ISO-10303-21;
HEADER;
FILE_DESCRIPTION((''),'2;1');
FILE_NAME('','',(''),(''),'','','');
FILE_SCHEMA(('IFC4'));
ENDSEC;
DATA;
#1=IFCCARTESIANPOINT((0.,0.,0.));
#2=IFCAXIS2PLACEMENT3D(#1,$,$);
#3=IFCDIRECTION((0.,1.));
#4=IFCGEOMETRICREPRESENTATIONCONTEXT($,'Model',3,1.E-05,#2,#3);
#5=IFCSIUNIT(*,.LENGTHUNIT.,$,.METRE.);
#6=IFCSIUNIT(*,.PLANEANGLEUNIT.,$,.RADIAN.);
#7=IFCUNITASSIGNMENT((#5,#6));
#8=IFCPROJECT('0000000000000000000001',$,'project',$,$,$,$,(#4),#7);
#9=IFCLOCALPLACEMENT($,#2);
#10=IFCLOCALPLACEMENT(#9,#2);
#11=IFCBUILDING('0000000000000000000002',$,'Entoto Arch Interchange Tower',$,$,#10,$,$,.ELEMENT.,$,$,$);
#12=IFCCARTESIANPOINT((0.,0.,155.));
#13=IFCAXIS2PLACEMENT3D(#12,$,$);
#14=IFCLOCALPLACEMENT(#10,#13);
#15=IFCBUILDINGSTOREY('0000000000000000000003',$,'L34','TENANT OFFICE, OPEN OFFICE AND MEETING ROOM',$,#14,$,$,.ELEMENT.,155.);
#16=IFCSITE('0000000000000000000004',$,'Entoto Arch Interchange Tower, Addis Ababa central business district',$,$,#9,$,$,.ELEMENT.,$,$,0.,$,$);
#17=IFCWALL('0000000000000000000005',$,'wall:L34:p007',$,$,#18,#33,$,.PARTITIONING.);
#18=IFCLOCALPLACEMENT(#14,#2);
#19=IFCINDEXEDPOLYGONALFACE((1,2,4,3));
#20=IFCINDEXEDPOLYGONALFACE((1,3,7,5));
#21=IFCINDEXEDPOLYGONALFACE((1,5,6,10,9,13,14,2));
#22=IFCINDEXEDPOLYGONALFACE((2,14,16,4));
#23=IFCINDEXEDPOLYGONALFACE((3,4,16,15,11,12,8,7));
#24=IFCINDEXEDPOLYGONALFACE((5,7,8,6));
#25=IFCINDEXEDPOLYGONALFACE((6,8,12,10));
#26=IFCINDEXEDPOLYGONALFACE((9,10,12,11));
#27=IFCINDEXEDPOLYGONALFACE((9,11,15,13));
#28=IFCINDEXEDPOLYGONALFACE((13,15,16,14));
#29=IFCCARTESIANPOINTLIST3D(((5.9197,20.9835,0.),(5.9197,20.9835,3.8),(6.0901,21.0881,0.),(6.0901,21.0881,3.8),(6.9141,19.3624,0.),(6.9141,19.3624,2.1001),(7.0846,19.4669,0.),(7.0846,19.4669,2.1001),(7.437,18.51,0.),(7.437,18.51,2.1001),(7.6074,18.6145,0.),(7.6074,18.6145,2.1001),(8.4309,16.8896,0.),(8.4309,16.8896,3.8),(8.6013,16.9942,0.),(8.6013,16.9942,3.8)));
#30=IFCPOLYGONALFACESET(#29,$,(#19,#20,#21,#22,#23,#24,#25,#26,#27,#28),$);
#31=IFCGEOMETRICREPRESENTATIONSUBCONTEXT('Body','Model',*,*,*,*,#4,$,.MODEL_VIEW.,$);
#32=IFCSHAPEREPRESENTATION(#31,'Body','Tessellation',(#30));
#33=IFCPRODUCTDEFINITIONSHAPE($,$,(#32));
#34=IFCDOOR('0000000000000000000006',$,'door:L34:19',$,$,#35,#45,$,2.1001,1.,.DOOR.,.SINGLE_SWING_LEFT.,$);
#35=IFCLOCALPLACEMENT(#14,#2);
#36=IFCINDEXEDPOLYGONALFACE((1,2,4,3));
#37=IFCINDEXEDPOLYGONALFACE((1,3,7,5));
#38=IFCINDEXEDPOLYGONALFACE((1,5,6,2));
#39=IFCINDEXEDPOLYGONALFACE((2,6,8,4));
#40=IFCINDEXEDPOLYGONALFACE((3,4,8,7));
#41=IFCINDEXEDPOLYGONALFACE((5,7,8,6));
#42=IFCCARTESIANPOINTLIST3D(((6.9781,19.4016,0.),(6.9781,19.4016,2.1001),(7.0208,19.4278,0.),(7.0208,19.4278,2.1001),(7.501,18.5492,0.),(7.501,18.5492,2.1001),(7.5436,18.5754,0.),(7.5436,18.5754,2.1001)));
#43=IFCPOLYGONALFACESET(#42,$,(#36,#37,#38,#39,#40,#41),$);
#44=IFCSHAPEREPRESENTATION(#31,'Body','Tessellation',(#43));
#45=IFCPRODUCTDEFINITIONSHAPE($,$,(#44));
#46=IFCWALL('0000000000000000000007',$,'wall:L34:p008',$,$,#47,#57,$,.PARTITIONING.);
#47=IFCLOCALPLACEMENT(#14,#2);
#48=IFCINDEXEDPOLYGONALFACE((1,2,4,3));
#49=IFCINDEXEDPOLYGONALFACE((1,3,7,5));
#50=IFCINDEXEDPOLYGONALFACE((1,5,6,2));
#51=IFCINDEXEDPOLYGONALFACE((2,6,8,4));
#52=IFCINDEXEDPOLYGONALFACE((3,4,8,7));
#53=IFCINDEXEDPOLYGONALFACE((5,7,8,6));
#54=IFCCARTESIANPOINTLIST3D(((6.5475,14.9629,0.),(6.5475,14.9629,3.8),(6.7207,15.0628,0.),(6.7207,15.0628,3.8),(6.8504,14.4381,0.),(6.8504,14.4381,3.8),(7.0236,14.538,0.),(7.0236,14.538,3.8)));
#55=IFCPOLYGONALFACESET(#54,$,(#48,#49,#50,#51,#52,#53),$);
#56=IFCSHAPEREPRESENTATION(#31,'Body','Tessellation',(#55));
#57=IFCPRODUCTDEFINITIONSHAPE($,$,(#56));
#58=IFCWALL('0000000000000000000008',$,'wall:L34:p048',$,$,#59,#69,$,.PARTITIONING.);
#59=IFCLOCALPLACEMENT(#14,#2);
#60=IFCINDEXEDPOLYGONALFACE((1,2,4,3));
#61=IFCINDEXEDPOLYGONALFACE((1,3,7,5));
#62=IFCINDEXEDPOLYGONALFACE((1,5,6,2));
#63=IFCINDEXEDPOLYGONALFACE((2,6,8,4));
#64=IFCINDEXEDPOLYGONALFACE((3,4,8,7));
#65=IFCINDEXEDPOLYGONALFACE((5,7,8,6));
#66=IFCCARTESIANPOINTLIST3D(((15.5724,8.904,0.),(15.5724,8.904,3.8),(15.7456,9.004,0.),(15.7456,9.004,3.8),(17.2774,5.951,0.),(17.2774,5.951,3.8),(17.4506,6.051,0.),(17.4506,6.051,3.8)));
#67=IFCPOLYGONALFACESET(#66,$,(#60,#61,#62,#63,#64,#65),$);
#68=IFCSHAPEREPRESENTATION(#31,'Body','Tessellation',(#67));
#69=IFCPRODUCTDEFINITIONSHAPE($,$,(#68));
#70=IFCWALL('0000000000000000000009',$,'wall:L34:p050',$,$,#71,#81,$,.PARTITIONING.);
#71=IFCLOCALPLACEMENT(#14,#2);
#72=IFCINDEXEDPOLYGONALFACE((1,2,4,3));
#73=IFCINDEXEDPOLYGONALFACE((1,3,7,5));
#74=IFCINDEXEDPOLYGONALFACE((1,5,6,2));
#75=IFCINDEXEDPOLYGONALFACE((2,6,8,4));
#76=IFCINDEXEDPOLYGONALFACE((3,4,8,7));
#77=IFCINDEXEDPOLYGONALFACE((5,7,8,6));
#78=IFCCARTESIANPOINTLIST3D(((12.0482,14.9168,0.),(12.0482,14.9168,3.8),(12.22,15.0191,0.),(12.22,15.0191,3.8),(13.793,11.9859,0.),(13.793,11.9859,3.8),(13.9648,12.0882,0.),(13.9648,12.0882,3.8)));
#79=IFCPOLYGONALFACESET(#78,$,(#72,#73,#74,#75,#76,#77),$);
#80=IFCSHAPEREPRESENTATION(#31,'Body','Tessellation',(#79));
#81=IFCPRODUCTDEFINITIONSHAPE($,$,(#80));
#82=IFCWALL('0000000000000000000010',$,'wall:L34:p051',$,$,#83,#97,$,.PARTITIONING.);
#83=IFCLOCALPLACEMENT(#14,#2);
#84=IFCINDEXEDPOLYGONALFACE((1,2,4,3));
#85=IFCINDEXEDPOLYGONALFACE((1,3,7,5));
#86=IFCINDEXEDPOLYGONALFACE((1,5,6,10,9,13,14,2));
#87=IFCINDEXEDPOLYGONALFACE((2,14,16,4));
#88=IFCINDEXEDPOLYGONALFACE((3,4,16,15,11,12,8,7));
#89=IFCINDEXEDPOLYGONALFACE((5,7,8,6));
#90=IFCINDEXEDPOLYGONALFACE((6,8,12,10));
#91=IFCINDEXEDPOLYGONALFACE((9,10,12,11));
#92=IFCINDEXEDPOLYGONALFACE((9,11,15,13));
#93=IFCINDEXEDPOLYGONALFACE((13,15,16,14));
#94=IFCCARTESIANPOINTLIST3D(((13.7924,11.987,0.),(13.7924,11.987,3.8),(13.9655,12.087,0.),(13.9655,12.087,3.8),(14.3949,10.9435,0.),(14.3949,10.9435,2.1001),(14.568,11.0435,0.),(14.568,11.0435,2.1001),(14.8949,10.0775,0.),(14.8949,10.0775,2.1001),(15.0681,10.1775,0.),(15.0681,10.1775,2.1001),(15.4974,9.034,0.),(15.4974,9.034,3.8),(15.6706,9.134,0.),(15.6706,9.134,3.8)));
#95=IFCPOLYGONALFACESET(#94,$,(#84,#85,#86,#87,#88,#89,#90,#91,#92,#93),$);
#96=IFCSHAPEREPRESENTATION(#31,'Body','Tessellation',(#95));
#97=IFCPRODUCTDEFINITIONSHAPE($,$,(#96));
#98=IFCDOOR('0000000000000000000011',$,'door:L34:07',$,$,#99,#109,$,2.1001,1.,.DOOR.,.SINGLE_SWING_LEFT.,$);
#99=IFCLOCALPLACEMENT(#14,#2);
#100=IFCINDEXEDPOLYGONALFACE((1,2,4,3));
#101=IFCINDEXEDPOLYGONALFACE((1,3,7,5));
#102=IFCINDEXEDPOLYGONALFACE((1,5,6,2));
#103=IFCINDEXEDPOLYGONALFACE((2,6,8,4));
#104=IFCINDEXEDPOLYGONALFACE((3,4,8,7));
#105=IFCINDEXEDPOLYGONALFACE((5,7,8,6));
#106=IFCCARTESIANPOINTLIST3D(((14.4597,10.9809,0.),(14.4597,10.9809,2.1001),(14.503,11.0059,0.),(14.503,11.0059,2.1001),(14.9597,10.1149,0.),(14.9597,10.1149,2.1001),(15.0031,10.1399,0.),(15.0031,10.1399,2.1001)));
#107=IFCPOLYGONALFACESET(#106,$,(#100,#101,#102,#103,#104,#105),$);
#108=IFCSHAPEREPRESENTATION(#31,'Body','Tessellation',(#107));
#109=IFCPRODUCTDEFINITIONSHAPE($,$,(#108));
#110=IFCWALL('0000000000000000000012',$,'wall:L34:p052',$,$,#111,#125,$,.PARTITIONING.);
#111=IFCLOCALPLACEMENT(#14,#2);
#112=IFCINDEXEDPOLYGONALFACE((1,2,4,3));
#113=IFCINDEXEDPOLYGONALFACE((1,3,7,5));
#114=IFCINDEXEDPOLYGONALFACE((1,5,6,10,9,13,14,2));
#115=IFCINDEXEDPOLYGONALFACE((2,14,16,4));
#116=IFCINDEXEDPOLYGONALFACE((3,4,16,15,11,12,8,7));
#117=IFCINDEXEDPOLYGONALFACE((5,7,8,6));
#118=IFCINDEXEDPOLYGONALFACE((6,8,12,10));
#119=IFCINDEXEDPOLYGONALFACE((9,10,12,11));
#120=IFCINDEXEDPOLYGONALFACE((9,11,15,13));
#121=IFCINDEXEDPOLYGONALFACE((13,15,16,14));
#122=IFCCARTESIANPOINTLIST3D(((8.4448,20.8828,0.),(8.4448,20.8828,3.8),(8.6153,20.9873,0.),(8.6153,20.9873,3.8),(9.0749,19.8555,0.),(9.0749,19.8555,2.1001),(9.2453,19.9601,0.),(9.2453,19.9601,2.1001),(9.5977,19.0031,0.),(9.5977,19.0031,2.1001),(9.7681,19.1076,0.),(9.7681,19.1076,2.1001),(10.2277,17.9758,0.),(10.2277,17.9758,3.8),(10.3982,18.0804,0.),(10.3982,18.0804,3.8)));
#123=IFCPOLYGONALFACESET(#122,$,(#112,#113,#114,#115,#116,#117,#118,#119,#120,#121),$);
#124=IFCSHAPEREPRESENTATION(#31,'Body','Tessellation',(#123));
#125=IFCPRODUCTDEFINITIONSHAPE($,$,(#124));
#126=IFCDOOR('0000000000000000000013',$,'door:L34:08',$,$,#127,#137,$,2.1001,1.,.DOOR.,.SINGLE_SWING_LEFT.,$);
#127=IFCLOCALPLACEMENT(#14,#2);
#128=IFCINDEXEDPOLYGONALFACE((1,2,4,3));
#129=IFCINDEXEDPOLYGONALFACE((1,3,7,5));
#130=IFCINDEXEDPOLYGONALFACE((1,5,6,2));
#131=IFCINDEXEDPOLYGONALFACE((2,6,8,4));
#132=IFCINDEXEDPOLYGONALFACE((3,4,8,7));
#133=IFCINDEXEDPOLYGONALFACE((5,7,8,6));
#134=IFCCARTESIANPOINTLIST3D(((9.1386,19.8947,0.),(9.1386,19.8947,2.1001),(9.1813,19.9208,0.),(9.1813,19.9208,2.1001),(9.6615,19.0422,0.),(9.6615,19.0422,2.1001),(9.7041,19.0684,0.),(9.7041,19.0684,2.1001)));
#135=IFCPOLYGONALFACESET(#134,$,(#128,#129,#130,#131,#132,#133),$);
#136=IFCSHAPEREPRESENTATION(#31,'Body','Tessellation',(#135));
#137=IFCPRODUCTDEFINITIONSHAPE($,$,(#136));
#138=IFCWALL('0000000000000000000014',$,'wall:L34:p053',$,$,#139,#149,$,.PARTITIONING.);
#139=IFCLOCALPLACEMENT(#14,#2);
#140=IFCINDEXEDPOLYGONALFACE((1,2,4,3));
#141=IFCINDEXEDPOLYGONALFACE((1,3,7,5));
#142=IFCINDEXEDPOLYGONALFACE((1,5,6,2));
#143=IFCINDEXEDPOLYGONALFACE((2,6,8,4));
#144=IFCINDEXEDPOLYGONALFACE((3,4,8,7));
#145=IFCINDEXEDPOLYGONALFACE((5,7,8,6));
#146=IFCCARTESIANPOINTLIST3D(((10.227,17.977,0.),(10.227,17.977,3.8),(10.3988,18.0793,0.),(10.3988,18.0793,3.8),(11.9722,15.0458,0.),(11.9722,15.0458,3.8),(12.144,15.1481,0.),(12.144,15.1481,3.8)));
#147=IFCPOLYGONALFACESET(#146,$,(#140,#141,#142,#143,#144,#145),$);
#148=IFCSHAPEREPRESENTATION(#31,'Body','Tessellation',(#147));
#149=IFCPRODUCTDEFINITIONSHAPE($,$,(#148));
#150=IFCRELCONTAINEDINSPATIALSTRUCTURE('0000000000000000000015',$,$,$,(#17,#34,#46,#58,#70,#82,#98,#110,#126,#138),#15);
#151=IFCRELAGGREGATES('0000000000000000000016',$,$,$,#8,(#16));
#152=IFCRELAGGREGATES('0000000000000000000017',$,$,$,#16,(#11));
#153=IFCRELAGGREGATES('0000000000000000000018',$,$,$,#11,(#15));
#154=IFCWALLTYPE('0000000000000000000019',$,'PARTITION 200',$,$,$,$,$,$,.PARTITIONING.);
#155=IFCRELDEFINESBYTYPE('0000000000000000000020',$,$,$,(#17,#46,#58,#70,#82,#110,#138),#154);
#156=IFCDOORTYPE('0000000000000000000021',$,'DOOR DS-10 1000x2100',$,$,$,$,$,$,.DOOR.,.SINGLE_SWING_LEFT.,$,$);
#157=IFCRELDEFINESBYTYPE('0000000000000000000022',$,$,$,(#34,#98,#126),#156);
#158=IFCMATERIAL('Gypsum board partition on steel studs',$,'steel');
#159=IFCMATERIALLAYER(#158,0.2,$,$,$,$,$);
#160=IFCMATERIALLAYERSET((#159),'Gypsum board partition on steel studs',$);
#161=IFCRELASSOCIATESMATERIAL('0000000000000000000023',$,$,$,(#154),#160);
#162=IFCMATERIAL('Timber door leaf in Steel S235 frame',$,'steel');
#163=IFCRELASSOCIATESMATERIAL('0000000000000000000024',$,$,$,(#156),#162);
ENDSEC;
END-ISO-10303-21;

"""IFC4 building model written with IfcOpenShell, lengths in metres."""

from ifc_helpers import new_model, si_unit, direction, frame, frame_2d, origin, place, context, subcontext, project, spatial, rectangle, extrude, material, layer, layer_set, type_object, element, fill, save


model = new_model("IFC4")

# Units and contexts
model_context = context("Model", 3, precision=1e-05, world=origin(), true_north=direction((0.0, 1.0)))
body_context = subcontext(model_context, "Body", "Model", "MODEL_VIEW")
ifc_project = project(units=[si_unit("LENGTHUNIT", "METRE"), si_unit("PLANEANGLEUNIT", "RADIAN")], contexts=[model_context])

# Site, building, storey
site_placement = place(None, origin())
site = spatial("IfcSite", under=ifc_project, at=site_placement, Name="Entoto Arch Interchange Tower, Addis Ababa central business district", CompositionType="ELEMENT", RefElevation=0.0)
building_placement = place(site_placement, origin())
building = spatial("IfcBuilding", under=site, at=building_placement, Name="Entoto Arch Interchange Tower", CompositionType="ELEMENT")
storey_placement = place(building_placement, frame((0.0, 0.0, 155.0)))
storey = spatial("IfcBuildingStorey", under=building, at=storey_placement, Name="L34", Description="TENANT OFFICE, OPEN OFFICE AND MEETING ROOM", CompositionType="ELEMENT", Elevation=155.0)

# Shared definitions
ifc_material_1 = material(Name="Gypsum board partition on steel studs", Category="steel")
ifc_layer_1 = layer(ifc_material_1, 0.2)
ifc_layer_set_1 = layer_set([ifc_layer_1], Name="Gypsum board partition on steel studs")
wall_type_1 = type_object("IfcWallType", Name="PARTITION 200", PredefinedType="PARTITIONING", material=ifc_layer_set_1)

# Wall, opening, door
wall_1_placement = place(storey_placement, frame((8.5161, 16.9419, 0.0), z_axis=(0.0, 0.0, 1.0), x_axis=(-0.522866, 0.852415, 0.0)))
wall_1 = element("IfcWall", 1, at=wall_1_placement, inside=storey, type_object=wall_type_1, Name="wall:L34:p007", PredefinedType="PARTITIONING", context=body_context, shape_type="SweptSolid", body=[
    extrude(rectangle(XDim=4.8027, YDim=0.2, at=frame_2d((2.4014, 0.0))), origin(), (0.0, 0.0, 1.0), 3.8),
])
opening_1_placement = place(wall_1_placement, frame((1.9009, 0.0, 0.0)))
opening_1 = element("IfcOpeningElement", 2, at=opening_1_placement, cuts=wall_1, PredefinedType="OPENING", context=body_context, shape_type="SweptSolid", body=[
    extrude(rectangle(XDim=1.0, YDim=2.1001, at=frame_2d((0.5, 1.05))), frame((0.0, 0.1099, 0.0), z_axis=(0.0, -1.0, 0.0), x_axis=(1.0, 0.0, 0.0)), (0.0, 0.0, 1.0), 0.22),
])
ifc_material_2 = material(Name="Timber door leaf in Steel S235 frame", Category="steel")
door_type_1 = type_object("IfcDoorType", Name="DOOR DS-10 1000x2100", OperationType="SINGLE_SWING_LEFT", PredefinedType="DOOR", material=ifc_material_2)
door_1_placement = place(opening_1_placement, origin())
door_1 = element("IfcDoor", 3, at=door_1_placement, inside=storey, type_object=door_type_1, Name="door:L34:19", OperationType="SINGLE_SWING_LEFT", OverallHeight=2.1001, OverallWidth=1.0, PredefinedType="DOOR", context=body_context, shape_type="SweptSolid", body=[
    extrude(rectangle(XDim=1.0, YDim=2.1001, at=frame_2d((0.5, 1.05))), frame((0.0, 0.0249, 0.0), z_axis=(0.0, -1.0, 0.0), x_axis=(1.0, 0.0, 0.0)), (0.0, 0.0, 1.0), 0.05),
])
fill(opening_1, door_1)

# Walls
wall_2_placement = place(storey_placement, frame((6.937, 14.488, 0.0), z_axis=(0.0, 0.0, 1.0), x_axis=(-0.499908, 0.866078, 0.0)))
element("IfcWall", 4, at=wall_2_placement, inside=storey, type_object=wall_type_1, Name="wall:L34:p008", PredefinedType="PARTITIONING", context=body_context, shape_type="SweptSolid", body=[
    extrude(rectangle(XDim=0.606, YDim=0.2, at=frame_2d((0.303, 0.0))), origin(), (0.0, 0.0, 1.0), 3.8),
])
wall_3_placement = place(storey_placement, frame((15.6589, 8.9541, 0.0), z_axis=(0.0, 0.0, 1.0), x_axis=(0.50002, -0.866014, 0.0)))
element("IfcWall", 5, at=wall_3_placement, inside=storey, type_object=wall_type_1, Name="wall:L34:p048", PredefinedType="PARTITIONING", context=body_context, shape_type="SweptSolid", body=[
    extrude(rectangle(XDim=3.4099, YDim=0.2, at=frame_2d((1.7051, 0.0))), origin(), (0.0, 0.0, 1.0), 3.8),
])
wall_4_placement = place(storey_placement, frame((12.134, 14.968, 0.0), z_axis=(0.0, 0.0, 1.0), x_axis=(0.511546, -0.859256, 0.0)))
element("IfcWall", 6, at=wall_4_placement, inside=storey, type_object=wall_type_1, Name="wall:L34:p050", PredefinedType="PARTITIONING", context=body_context, shape_type="SweptSolid", body=[
    extrude(rectangle(XDim=3.4109, YDim=0.2, at=frame_2d((1.7056, 0.0))), origin(), (0.0, 0.0, 1.0), 3.8),
])

# Walls, openings, doors
wall_5_placement = place(storey_placement, frame((13.8789, 12.0371, 0.0), z_axis=(0.0, 0.0, 1.0), x_axis=(0.50002, -0.866014, 0.0)))
wall_5 = element("IfcWall", 7, at=wall_5_placement, inside=storey, type_object=wall_type_1, Name="wall:L34:p051", PredefinedType="PARTITIONING", context=body_context, shape_type="SweptSolid", body=[
    extrude(rectangle(XDim=3.4099, YDim=0.2, at=frame_2d((1.7051, 0.0))), origin(), (0.0, 0.0, 1.0), 3.8),
])
opening_2_placement = place(wall_5_placement, frame((1.2051, 0.0, 0.0)))
opening_2 = element("IfcOpeningElement", 8, at=opening_2_placement, cuts=wall_5, PredefinedType="OPENING", context=body_context, shape_type="SweptSolid", body=[
    extrude(rectangle(XDim=1.0, YDim=2.1001, at=frame_2d((0.5, 1.05))), frame((0.0, 0.1099, 0.0), z_axis=(0.0, -1.0, 0.0), x_axis=(1.0, 0.0, 0.0)), (0.0, 0.0, 1.0), 0.22),
])
door_2_placement = place(opening_2_placement, origin())
door_2 = element("IfcDoor", 9, at=door_2_placement, inside=storey, type_object=door_type_1, Name="door:L34:07", OperationType="SINGLE_SWING_LEFT", OverallHeight=2.1001, OverallWidth=1.0, PredefinedType="DOOR", context=body_context, shape_type="SweptSolid", body=[
    extrude(rectangle(XDim=1.0, YDim=2.1001, at=frame_2d((0.5, 1.05))), frame((0.0, 0.0249, 0.0), z_axis=(0.0, -1.0, 0.0), x_axis=(1.0, 0.0, 0.0)), (0.0, 0.0, 1.0), 0.05),
])
fill(opening_2, door_2)
wall_6_placement = place(storey_placement, frame((8.53, 20.9351, 0.0), z_axis=(0.0, 0.0, 1.0), x_axis=(0.522831, -0.852437, 0.0)))
wall_6 = element("IfcWall", 10, at=wall_6_placement, inside=storey, type_object=wall_type_1, Name="wall:L34:p052", PredefinedType="PARTITIONING", context=body_context, shape_type="SweptSolid", body=[
    extrude(rectangle(XDim=3.4102, YDim=0.2, at=frame_2d((1.7051, 0.0))), origin(), (0.0, 0.0, 1.0), 3.8),
])
opening_3_placement = place(wall_6_placement, frame((1.2051, 0.0, 0.0)))
opening_3 = element("IfcOpeningElement", 11, at=opening_3_placement, cuts=wall_6, PredefinedType="OPENING", context=body_context, shape_type="SweptSolid", body=[
    extrude(rectangle(XDim=1.0, YDim=2.1001, at=frame_2d((0.5, 1.05))), frame((0.0, 0.1099, 0.0), z_axis=(0.0, -1.0, 0.0), x_axis=(1.0, 0.0, 0.0)), (0.0, 0.0, 1.0), 0.22),
])
door_3_placement = place(opening_3_placement, origin())
door_3 = element("IfcDoor", 12, at=door_3_placement, inside=storey, type_object=door_type_1, Name="door:L34:08", OperationType="SINGLE_SWING_LEFT", OverallHeight=2.1001, OverallWidth=1.0, PredefinedType="DOOR", context=body_context, shape_type="SweptSolid", body=[
    extrude(rectangle(XDim=1.0, YDim=2.1001, at=frame_2d((0.5, 1.05))), frame((0.0, 0.0249, 0.0), z_axis=(0.0, -1.0, 0.0), x_axis=(1.0, 0.0, 0.0)), (0.0, 0.0, 1.0), 0.05),
])
fill(opening_3, door_3)

# Wall
wall_7_placement = place(storey_placement, frame((10.313, 18.0281, 0.0), z_axis=(0.0, 0.0, 1.0), x_axis=(0.511567, -0.859243, 0.0)))
element("IfcWall", 13, at=wall_7_placement, inside=storey, type_object=wall_type_1, Name="wall:L34:p053", PredefinedType="PARTITIONING", context=body_context, shape_type="SweptSolid", body=[
    extrude(rectangle(XDim=3.4114, YDim=0.2, at=frame_2d((1.7056, 0.0))), origin(), (0.0, 0.0, 1.0), 3.8),
])

save(model, "model.ifc")
